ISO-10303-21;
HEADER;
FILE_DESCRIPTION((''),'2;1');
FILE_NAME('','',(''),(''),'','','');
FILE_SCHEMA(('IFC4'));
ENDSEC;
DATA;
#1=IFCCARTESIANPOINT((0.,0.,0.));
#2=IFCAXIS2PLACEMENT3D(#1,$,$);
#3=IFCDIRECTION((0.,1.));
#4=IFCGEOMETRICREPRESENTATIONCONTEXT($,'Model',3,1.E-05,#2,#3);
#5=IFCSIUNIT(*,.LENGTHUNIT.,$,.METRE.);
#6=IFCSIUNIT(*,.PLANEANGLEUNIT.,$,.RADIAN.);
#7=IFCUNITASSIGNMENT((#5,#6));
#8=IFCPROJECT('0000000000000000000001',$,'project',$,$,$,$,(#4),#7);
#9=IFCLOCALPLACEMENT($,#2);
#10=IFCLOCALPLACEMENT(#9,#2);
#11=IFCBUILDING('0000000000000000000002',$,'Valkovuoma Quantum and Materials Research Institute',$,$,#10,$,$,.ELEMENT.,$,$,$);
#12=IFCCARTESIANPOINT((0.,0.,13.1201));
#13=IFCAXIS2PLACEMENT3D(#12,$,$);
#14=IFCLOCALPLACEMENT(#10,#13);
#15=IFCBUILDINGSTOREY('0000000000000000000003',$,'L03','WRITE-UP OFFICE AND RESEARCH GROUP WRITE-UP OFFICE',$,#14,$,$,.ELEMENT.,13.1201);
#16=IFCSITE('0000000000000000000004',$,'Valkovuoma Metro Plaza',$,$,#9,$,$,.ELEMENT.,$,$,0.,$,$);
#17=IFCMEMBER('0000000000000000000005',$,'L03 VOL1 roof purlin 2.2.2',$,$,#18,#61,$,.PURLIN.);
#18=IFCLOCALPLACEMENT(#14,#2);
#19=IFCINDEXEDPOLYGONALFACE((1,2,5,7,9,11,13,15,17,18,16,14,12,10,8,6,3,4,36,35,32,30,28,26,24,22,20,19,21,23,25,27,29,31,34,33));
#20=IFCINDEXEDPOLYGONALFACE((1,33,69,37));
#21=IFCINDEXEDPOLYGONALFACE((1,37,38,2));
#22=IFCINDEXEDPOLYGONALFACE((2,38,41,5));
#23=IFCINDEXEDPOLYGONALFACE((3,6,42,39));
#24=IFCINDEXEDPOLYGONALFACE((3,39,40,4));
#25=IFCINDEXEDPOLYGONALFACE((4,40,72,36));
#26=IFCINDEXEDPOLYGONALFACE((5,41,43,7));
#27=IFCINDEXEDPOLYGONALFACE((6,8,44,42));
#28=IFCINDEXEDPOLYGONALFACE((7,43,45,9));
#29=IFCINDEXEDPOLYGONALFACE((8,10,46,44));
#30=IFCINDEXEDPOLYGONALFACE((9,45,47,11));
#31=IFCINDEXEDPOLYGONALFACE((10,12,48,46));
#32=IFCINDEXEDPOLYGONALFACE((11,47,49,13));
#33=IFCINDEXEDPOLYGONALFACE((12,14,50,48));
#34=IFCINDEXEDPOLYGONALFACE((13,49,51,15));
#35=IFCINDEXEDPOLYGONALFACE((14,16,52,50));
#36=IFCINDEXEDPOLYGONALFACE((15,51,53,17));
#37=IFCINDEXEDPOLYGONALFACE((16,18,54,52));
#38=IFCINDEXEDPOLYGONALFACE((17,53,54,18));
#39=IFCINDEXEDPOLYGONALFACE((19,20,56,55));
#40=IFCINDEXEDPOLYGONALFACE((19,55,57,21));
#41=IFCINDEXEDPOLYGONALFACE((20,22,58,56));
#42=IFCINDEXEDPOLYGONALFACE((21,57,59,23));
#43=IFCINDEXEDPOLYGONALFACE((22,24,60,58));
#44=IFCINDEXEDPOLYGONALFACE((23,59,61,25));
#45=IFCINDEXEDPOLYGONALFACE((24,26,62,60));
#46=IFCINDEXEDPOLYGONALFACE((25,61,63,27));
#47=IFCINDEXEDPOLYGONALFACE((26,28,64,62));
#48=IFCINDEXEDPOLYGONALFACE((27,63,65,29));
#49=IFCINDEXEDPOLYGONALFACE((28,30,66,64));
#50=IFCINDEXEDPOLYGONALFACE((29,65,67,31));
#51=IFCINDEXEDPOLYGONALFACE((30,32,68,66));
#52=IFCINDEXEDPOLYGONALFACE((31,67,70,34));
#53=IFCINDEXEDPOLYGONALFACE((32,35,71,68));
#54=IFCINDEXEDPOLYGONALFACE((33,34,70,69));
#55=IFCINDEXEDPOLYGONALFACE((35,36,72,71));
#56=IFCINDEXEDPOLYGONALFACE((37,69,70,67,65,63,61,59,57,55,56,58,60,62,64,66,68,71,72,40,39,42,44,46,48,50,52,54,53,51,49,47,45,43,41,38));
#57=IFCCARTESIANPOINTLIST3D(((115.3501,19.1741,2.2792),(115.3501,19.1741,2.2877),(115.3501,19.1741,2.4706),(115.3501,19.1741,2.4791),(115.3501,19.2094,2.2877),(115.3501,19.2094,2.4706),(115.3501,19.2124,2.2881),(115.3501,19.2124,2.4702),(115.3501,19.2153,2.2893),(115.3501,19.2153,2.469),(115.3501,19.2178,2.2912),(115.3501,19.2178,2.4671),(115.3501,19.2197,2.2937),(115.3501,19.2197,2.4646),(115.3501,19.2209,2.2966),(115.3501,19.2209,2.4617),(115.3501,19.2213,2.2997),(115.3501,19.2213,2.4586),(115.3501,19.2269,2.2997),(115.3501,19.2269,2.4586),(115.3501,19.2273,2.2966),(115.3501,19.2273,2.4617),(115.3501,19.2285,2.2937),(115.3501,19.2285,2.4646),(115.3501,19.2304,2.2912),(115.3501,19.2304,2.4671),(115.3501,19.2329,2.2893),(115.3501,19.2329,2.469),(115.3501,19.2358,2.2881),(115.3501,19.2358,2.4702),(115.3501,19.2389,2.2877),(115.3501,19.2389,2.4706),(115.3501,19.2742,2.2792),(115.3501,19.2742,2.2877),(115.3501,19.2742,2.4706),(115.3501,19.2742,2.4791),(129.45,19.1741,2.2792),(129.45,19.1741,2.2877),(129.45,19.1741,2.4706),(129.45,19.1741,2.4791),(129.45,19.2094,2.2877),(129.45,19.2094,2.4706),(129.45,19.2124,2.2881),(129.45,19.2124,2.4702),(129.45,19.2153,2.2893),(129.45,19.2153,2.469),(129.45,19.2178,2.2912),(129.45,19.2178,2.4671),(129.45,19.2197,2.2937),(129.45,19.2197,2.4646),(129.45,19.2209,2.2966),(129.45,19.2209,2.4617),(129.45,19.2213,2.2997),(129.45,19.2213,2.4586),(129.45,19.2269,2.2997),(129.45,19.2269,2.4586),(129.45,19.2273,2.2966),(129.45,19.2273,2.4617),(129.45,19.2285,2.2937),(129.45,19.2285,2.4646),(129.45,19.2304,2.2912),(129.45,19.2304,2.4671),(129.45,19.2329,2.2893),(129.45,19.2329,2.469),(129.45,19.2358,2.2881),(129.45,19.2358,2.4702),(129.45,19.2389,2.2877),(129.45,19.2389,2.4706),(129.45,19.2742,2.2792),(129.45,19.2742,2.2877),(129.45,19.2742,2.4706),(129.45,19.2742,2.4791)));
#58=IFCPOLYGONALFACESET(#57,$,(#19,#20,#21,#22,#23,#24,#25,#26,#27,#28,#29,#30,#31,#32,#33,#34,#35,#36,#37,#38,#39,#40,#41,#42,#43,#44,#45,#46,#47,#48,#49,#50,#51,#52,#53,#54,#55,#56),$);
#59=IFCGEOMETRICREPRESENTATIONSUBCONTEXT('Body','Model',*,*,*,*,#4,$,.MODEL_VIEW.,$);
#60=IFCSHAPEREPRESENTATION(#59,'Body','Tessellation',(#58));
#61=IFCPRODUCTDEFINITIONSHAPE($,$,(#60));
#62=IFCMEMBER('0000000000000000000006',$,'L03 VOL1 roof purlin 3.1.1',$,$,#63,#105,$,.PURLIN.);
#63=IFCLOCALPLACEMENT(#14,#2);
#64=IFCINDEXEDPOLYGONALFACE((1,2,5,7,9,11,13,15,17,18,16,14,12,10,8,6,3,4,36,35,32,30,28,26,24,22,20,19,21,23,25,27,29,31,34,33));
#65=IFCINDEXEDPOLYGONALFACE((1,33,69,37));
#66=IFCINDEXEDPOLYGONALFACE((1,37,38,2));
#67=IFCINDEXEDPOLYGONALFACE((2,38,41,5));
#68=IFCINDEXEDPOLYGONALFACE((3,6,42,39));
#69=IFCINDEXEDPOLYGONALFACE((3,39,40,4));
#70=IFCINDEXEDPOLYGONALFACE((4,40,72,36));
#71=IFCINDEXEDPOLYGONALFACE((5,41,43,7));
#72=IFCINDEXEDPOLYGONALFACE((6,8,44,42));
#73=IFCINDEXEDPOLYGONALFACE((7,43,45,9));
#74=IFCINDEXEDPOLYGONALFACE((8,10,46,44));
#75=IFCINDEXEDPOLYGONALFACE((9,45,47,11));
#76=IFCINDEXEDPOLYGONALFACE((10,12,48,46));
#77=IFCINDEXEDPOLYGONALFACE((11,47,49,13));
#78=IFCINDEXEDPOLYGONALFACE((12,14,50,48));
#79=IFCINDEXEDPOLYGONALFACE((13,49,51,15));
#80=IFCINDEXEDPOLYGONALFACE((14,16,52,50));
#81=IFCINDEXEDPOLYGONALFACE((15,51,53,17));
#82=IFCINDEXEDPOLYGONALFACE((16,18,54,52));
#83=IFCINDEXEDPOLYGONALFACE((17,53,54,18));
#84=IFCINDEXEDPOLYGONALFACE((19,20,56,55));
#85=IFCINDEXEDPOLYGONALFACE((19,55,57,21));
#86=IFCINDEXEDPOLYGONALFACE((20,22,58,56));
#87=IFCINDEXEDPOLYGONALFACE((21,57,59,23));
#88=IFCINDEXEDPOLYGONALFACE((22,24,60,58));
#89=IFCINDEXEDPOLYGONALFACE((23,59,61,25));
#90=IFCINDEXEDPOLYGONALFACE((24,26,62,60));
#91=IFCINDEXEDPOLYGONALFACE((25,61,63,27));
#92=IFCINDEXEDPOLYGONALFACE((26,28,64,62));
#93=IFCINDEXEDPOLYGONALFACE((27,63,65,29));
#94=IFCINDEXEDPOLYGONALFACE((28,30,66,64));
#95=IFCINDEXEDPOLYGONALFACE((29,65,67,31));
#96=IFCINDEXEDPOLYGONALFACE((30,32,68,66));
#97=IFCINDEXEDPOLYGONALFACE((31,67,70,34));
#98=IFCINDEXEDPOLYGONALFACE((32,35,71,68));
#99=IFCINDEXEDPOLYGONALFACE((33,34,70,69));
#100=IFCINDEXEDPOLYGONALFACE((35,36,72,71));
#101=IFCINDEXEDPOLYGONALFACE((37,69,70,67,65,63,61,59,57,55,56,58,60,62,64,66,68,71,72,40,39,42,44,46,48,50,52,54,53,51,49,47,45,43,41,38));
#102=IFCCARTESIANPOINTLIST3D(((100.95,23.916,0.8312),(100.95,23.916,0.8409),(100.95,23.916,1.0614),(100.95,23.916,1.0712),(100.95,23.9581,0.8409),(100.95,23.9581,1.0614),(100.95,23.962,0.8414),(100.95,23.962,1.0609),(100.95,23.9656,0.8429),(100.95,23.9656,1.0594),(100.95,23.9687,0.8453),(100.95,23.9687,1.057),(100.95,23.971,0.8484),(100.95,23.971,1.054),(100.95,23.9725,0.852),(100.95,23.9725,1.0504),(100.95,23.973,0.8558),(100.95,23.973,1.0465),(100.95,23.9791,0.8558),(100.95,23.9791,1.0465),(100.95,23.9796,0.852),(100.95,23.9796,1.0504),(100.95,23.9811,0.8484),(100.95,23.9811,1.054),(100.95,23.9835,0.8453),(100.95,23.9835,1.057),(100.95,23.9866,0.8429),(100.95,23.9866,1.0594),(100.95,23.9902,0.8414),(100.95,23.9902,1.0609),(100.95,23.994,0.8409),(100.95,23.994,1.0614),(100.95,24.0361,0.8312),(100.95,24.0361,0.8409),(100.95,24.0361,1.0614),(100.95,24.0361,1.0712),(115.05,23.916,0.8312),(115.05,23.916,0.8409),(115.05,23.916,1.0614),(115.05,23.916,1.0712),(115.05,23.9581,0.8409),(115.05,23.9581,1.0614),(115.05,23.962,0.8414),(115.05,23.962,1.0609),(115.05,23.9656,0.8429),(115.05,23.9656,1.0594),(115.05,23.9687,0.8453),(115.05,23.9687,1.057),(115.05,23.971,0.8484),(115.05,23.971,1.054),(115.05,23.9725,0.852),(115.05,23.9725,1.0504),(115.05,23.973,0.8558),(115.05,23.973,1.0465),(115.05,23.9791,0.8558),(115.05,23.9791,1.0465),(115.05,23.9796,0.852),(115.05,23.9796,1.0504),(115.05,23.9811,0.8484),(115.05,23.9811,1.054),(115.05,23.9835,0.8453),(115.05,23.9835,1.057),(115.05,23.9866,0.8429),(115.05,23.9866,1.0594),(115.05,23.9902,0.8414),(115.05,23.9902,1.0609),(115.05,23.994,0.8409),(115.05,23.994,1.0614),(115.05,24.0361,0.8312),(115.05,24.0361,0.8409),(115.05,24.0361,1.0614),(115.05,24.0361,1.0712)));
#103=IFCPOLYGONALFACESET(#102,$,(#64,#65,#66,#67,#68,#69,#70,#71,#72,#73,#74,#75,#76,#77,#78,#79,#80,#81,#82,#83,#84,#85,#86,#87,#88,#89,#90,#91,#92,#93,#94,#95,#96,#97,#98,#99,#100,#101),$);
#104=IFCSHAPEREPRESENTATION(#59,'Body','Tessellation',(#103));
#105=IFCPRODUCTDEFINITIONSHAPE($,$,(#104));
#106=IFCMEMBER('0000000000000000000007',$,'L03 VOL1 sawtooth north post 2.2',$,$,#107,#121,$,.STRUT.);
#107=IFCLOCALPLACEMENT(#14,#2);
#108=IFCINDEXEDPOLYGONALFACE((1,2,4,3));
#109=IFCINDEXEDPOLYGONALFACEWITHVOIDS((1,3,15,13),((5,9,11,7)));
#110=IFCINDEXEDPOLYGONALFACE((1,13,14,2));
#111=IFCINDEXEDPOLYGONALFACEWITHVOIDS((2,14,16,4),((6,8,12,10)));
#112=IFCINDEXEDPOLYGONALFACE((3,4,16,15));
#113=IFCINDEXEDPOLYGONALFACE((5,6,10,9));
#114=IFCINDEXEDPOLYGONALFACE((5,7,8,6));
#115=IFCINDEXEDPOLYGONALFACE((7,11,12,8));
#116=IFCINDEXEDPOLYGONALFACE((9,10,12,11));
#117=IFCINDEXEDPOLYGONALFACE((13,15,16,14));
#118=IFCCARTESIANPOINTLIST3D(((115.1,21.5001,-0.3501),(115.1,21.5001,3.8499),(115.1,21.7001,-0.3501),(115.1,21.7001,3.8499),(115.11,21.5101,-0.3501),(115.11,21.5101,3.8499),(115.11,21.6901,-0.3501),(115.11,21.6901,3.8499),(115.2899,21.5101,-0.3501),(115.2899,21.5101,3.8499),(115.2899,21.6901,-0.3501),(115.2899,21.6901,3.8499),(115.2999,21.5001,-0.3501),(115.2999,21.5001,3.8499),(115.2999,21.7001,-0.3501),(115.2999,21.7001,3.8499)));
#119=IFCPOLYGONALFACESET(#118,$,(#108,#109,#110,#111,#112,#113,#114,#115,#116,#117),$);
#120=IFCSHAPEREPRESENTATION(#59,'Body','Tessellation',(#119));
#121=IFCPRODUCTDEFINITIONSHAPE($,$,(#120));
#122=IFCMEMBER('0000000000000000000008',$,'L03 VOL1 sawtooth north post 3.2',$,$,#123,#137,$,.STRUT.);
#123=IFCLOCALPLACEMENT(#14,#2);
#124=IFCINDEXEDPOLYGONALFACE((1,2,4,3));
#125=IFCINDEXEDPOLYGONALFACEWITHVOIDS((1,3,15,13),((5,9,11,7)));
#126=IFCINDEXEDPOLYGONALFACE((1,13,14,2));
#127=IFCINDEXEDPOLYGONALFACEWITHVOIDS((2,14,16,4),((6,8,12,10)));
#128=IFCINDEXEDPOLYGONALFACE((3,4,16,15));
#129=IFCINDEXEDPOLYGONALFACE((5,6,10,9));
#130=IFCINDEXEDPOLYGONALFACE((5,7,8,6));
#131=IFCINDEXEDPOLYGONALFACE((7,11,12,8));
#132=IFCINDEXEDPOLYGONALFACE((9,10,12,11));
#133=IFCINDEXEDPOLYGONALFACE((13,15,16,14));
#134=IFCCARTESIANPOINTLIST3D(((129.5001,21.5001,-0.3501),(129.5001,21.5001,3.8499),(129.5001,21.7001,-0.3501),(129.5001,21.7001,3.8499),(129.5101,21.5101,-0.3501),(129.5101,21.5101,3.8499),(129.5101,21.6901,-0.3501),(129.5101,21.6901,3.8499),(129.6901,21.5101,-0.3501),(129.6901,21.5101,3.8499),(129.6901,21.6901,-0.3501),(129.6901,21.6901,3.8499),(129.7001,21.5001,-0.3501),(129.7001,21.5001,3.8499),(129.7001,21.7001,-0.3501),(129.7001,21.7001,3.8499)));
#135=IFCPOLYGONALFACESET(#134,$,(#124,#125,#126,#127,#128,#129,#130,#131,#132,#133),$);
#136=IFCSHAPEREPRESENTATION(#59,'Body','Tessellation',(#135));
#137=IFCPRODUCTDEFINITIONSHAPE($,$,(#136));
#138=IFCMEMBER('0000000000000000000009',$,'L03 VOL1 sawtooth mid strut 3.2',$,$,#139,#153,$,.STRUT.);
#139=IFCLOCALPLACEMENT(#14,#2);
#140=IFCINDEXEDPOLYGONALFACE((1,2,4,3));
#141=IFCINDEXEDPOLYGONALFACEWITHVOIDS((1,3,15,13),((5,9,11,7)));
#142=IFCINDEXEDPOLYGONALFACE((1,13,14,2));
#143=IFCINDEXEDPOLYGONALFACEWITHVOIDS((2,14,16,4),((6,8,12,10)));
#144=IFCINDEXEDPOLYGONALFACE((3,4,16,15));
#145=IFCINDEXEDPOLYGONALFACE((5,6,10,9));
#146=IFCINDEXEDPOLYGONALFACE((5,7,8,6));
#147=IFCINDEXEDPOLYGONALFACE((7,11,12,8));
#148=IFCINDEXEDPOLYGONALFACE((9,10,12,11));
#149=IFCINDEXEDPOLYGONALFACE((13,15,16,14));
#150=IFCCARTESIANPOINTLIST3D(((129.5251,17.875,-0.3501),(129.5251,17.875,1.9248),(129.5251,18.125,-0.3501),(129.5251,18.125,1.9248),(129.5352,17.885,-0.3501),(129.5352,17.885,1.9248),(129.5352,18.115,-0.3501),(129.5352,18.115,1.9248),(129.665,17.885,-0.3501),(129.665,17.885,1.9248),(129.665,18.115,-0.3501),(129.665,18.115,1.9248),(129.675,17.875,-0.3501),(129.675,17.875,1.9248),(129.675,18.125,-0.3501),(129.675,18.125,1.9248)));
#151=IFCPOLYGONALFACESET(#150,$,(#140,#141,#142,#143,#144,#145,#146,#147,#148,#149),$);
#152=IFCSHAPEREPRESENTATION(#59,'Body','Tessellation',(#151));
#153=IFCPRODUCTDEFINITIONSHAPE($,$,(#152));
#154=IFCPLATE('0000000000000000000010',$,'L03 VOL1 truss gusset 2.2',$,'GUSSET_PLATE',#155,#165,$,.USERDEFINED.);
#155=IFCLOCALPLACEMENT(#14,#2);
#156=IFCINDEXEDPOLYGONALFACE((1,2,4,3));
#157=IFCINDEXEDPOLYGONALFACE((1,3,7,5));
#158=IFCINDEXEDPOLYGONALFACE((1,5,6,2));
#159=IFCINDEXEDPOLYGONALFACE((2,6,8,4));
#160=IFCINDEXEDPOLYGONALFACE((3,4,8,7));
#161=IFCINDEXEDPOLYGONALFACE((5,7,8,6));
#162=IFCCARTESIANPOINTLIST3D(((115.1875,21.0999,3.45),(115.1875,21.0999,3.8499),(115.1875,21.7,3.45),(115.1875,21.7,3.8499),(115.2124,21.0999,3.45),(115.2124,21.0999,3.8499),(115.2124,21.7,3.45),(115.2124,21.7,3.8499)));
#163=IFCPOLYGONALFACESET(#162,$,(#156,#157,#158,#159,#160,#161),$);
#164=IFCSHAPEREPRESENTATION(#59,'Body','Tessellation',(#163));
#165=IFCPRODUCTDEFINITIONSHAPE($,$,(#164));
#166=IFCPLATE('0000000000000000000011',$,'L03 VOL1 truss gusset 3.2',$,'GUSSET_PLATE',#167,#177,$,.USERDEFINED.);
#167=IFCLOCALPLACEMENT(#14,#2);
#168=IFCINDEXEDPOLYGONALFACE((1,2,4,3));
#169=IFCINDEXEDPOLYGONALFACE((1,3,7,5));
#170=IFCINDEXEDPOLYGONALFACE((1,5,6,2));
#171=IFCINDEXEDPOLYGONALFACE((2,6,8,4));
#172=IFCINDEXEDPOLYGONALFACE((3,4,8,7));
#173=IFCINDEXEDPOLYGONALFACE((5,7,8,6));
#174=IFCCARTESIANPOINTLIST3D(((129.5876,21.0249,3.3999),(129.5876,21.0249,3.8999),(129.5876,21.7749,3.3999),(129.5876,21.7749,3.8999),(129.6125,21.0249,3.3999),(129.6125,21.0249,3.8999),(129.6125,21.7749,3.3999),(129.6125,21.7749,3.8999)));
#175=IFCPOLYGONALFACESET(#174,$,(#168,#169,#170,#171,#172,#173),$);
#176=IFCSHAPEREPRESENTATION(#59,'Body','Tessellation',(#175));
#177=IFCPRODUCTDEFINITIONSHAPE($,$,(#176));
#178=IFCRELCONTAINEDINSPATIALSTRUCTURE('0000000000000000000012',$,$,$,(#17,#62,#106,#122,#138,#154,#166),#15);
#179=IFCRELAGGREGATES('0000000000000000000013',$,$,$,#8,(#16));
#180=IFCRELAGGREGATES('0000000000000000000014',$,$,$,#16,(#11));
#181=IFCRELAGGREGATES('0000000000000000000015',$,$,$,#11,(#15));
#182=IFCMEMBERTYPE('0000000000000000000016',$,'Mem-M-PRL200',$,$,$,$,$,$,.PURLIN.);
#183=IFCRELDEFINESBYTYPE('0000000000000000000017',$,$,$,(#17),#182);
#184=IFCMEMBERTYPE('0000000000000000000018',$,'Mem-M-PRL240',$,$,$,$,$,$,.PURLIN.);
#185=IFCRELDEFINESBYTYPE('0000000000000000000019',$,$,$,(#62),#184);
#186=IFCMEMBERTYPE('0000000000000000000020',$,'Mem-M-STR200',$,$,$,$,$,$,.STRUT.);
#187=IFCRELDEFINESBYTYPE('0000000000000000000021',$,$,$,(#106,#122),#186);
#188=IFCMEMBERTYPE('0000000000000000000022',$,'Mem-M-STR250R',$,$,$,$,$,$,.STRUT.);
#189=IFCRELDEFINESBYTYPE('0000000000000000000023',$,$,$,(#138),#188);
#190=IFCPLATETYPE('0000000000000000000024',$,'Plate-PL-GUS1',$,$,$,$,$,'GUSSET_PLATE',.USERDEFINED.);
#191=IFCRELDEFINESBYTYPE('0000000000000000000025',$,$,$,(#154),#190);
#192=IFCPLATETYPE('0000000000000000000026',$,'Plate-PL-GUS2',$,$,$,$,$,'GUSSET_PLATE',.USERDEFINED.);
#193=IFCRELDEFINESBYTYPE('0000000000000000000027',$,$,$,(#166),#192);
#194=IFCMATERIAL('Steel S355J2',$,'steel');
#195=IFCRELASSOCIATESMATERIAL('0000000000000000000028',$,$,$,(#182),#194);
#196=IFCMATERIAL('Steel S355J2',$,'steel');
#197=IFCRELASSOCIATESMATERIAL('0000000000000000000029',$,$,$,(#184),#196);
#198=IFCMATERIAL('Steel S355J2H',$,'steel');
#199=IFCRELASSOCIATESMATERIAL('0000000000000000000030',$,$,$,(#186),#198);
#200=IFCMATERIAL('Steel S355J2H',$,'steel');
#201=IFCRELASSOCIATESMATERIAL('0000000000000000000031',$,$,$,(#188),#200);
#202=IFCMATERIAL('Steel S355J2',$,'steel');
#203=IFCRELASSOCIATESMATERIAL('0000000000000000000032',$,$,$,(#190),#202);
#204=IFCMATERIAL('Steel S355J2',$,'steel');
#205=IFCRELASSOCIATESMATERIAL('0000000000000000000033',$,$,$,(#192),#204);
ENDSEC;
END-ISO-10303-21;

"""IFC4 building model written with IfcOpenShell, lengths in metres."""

from ifc_helpers import new_model, si_unit, direction, frame, origin, origin_2d, place, context, subcontext, project, spatial, rectangle, hollow_rectangle, i_section, extrude, material, material_profile, profile_set, type_object, element, save


model = new_model("IFC4")

# Units and contexts
model_context = context("Model", 3, precision=1e-05, world=origin(), true_north=direction((0.0, 1.0)))
body_context = subcontext(model_context, "Body", "Model", "MODEL_VIEW")
ifc_project = project(units=[si_unit("LENGTHUNIT", "METRE"), si_unit("PLANEANGLEUNIT", "RADIAN")], contexts=[model_context])

# Site, building, storey
site_placement = place(None, origin())
site = spatial("IfcSite", under=ifc_project, at=site_placement, Name="Valkovuoma Metro Plaza", CompositionType="ELEMENT", RefElevation=0.0)
building_placement = place(site_placement, origin())
building = spatial("IfcBuilding", under=site, at=building_placement, Name="Valkovuoma Quantum and Materials Research Institute", CompositionType="ELEMENT")
storey_placement = place(building_placement, frame((0.0, 0.0, 13.1201)))
storey = spatial("IfcBuildingStorey", under=building, at=storey_placement, Name="L03", Description="WRITE-UP OFFICE AND RESEARCH GROUP WRITE-UP OFFICE", CompositionType="ELEMENT", Elevation=13.1201)

# Members
ifc_material_1 = material(Name="Steel S355J2", Category="steel")
ifc_material_profile_1 = material_profile(ifc_material_1, i_section(OverallWidth=0.1001, OverallDepth=0.2, WebThickness=0.0056, FlangeThickness=0.0085, FilletRadius=0.012, at=origin_2d()), Name="Steel S355J2")
ifc_profile_set_1 = profile_set([ifc_material_profile_1], Name="Steel S355J2")
member_type_1 = type_object("IfcMemberType", Name="Mem-M-PRL200", PredefinedType="PURLIN", material=ifc_profile_set_1)
member_1_placement = place(storey_placement, frame((115.3501, 19.2241, 2.3792), z_axis=(1.0, 0.0, 0.0), x_axis=(0.0, 1.0, 0.0)))
element("IfcMember", 1, at=member_1_placement, inside=storey, type_object=member_type_1, Name="L03 VOL1 roof purlin 2.2.2", PredefinedType="PURLIN", context=body_context, shape_type="SweptSolid", body=[
    extrude(i_section(OverallWidth=0.1001, OverallDepth=0.2, WebThickness=0.0056, FlangeThickness=0.0085, FilletRadius=0.012, at=origin_2d()), origin(), (0.0, 0.0, 1.0), 14.0999),
])
ifc_material_2 = material(Name="Steel S355J2", Category="steel")
ifc_material_profile_2 = material_profile(ifc_material_2, i_section(OverallWidth=0.1201, OverallDepth=0.24, WebThickness=0.0061, FlangeThickness=0.0098, FilletRadius=0.0149, at=origin_2d()), Name="Steel S355J2")
ifc_profile_set_2 = profile_set([ifc_material_profile_2], Name="Steel S355J2")
member_type_2 = type_object("IfcMemberType", Name="Mem-M-PRL240", PredefinedType="PURLIN", material=ifc_profile_set_2)
member_2_placement = place(storey_placement, frame((100.95, 23.9761, 0.9512), z_axis=(1.0, 0.0, 0.0), x_axis=(0.0, 1.0, 0.0)))
element("IfcMember", 2, at=member_2_placement, inside=storey, type_object=member_type_2, Name="L03 VOL1 roof purlin 3.1.1", PredefinedType="PURLIN", context=body_context, shape_type="SweptSolid", body=[
    extrude(i_section(OverallWidth=0.1201, OverallDepth=0.24, WebThickness=0.0061, FlangeThickness=0.0098, FilletRadius=0.0149, at=origin_2d()), origin(), (0.0, 0.0, 1.0), 14.1001),
])
ifc_material_3 = material(Name="Steel S355J2H", Category="steel")
ifc_material_profile_3 = material_profile(ifc_material_3, hollow_rectangle(XDim=0.2, YDim=0.2, WallThickness=0.01, at=origin_2d()), Name="Steel S355J2H")
ifc_profile_set_3 = profile_set([ifc_material_profile_3], Name="Steel S355J2H")
member_type_3 = type_object("IfcMemberType", Name="Mem-M-STR200", PredefinedType="STRUT", material=ifc_profile_set_3)
for number, where, z_axis, x_axis, name in (
    (3, (115.2, 21.6001, -0.3501), (0.0, 0.0, 1.0), (1.0, 0.0, 0.0), "L03 VOL1 sawtooth north post 2.2"),
    (4, (129.6001, 21.6001, -0.3501), (0.0, 0.0, 1.0), (1.0, 0.0, 0.0), "L03 VOL1 sawtooth north post 3.2"),
):
    element("IfcMember", number, at=place(storey_placement, frame(where, z_axis=z_axis, x_axis=x_axis)), inside=storey, type_object=member_type_3, Name=name, PredefinedType="STRUT", context=body_context, shape_type="SweptSolid", body=[
        extrude(hollow_rectangle(XDim=0.2, YDim=0.2, WallThickness=0.01, at=origin_2d()), origin(), (0.0, 0.0, 1.0), 4.2),
    ])
ifc_material_4 = material(Name="Steel S355J2H", Category="steel")
ifc_material_profile_4 = material_profile(ifc_material_4, hollow_rectangle(XDim=0.1499, YDim=0.25, WallThickness=0.01, at=origin_2d()), Name="Steel S355J2H")
ifc_profile_set_4 = profile_set([ifc_material_profile_4], Name="Steel S355J2H")
member_type_4 = type_object("IfcMemberType", Name="Mem-M-STR250R", PredefinedType="STRUT", material=ifc_profile_set_4)
member_3_placement = place(storey_placement, frame((129.6001, 18.0, -0.3501), z_axis=(0.0, 0.0, 1.0), x_axis=(1.0, 0.0, 0.0)))
element("IfcMember", 5, at=member_3_placement, inside=storey, type_object=member_type_4, Name="L03 VOL1 sawtooth mid strut 3.2", PredefinedType="STRUT", context=body_context, shape_type="SweptSolid", body=[
    extrude(hollow_rectangle(XDim=0.1499, YDim=0.25, WallThickness=0.01, at=origin_2d()), origin(), (0.0, 0.0, 1.0), 2.2749),
])

# Plates
ifc_material_5 = material(Name="Steel S355J2", Category="steel")
plate_type_1 = type_object("IfcPlateType", Name="Plate-PL-GUS1", ElementType="GUSSET_PLATE", PredefinedType="USERDEFINED", material=ifc_material_5)
plate_1_placement = place(storey_placement, frame((115.2, 21.3999, 3.45), z_axis=(0.0, 0.0, 1.0), x_axis=(0.0, 1.0, 0.0)))
element("IfcPlate", 6, at=plate_1_placement, inside=storey, type_object=plate_type_1, Name="L03 VOL1 truss gusset 2.2", ObjectType="GUSSET_PLATE", PredefinedType="USERDEFINED", context=body_context, shape_type="SweptSolid", body=[
    extrude(rectangle(XDim=0.6001, YDim=0.0249, at=origin_2d()), origin(), (0.0, 0.0, 1.0), 0.3999),
])
ifc_material_6 = material(Name="Steel S355J2", Category="steel")
plate_type_2 = type_object("IfcPlateType", Name="Plate-PL-GUS2", ElementType="GUSSET_PLATE", PredefinedType="USERDEFINED", material=ifc_material_6)
plate_2_placement = place(storey_placement, frame((129.6001, 21.3999, 3.3999), z_axis=(0.0, 0.0, 1.0), x_axis=(0.0, 1.0, 0.0)))
element("IfcPlate", 7, at=plate_2_placement, inside=storey, type_object=plate_type_2, Name="L03 VOL1 truss gusset 3.2", ObjectType="GUSSET_PLATE", PredefinedType="USERDEFINED", context=body_context, shape_type="SweptSolid", body=[
    extrude(rectangle(XDim=0.75, YDim=0.0249, at=origin_2d()), origin(), (0.0, 0.0, 1.0), 0.5),
])

save(model, "model.ifc")
